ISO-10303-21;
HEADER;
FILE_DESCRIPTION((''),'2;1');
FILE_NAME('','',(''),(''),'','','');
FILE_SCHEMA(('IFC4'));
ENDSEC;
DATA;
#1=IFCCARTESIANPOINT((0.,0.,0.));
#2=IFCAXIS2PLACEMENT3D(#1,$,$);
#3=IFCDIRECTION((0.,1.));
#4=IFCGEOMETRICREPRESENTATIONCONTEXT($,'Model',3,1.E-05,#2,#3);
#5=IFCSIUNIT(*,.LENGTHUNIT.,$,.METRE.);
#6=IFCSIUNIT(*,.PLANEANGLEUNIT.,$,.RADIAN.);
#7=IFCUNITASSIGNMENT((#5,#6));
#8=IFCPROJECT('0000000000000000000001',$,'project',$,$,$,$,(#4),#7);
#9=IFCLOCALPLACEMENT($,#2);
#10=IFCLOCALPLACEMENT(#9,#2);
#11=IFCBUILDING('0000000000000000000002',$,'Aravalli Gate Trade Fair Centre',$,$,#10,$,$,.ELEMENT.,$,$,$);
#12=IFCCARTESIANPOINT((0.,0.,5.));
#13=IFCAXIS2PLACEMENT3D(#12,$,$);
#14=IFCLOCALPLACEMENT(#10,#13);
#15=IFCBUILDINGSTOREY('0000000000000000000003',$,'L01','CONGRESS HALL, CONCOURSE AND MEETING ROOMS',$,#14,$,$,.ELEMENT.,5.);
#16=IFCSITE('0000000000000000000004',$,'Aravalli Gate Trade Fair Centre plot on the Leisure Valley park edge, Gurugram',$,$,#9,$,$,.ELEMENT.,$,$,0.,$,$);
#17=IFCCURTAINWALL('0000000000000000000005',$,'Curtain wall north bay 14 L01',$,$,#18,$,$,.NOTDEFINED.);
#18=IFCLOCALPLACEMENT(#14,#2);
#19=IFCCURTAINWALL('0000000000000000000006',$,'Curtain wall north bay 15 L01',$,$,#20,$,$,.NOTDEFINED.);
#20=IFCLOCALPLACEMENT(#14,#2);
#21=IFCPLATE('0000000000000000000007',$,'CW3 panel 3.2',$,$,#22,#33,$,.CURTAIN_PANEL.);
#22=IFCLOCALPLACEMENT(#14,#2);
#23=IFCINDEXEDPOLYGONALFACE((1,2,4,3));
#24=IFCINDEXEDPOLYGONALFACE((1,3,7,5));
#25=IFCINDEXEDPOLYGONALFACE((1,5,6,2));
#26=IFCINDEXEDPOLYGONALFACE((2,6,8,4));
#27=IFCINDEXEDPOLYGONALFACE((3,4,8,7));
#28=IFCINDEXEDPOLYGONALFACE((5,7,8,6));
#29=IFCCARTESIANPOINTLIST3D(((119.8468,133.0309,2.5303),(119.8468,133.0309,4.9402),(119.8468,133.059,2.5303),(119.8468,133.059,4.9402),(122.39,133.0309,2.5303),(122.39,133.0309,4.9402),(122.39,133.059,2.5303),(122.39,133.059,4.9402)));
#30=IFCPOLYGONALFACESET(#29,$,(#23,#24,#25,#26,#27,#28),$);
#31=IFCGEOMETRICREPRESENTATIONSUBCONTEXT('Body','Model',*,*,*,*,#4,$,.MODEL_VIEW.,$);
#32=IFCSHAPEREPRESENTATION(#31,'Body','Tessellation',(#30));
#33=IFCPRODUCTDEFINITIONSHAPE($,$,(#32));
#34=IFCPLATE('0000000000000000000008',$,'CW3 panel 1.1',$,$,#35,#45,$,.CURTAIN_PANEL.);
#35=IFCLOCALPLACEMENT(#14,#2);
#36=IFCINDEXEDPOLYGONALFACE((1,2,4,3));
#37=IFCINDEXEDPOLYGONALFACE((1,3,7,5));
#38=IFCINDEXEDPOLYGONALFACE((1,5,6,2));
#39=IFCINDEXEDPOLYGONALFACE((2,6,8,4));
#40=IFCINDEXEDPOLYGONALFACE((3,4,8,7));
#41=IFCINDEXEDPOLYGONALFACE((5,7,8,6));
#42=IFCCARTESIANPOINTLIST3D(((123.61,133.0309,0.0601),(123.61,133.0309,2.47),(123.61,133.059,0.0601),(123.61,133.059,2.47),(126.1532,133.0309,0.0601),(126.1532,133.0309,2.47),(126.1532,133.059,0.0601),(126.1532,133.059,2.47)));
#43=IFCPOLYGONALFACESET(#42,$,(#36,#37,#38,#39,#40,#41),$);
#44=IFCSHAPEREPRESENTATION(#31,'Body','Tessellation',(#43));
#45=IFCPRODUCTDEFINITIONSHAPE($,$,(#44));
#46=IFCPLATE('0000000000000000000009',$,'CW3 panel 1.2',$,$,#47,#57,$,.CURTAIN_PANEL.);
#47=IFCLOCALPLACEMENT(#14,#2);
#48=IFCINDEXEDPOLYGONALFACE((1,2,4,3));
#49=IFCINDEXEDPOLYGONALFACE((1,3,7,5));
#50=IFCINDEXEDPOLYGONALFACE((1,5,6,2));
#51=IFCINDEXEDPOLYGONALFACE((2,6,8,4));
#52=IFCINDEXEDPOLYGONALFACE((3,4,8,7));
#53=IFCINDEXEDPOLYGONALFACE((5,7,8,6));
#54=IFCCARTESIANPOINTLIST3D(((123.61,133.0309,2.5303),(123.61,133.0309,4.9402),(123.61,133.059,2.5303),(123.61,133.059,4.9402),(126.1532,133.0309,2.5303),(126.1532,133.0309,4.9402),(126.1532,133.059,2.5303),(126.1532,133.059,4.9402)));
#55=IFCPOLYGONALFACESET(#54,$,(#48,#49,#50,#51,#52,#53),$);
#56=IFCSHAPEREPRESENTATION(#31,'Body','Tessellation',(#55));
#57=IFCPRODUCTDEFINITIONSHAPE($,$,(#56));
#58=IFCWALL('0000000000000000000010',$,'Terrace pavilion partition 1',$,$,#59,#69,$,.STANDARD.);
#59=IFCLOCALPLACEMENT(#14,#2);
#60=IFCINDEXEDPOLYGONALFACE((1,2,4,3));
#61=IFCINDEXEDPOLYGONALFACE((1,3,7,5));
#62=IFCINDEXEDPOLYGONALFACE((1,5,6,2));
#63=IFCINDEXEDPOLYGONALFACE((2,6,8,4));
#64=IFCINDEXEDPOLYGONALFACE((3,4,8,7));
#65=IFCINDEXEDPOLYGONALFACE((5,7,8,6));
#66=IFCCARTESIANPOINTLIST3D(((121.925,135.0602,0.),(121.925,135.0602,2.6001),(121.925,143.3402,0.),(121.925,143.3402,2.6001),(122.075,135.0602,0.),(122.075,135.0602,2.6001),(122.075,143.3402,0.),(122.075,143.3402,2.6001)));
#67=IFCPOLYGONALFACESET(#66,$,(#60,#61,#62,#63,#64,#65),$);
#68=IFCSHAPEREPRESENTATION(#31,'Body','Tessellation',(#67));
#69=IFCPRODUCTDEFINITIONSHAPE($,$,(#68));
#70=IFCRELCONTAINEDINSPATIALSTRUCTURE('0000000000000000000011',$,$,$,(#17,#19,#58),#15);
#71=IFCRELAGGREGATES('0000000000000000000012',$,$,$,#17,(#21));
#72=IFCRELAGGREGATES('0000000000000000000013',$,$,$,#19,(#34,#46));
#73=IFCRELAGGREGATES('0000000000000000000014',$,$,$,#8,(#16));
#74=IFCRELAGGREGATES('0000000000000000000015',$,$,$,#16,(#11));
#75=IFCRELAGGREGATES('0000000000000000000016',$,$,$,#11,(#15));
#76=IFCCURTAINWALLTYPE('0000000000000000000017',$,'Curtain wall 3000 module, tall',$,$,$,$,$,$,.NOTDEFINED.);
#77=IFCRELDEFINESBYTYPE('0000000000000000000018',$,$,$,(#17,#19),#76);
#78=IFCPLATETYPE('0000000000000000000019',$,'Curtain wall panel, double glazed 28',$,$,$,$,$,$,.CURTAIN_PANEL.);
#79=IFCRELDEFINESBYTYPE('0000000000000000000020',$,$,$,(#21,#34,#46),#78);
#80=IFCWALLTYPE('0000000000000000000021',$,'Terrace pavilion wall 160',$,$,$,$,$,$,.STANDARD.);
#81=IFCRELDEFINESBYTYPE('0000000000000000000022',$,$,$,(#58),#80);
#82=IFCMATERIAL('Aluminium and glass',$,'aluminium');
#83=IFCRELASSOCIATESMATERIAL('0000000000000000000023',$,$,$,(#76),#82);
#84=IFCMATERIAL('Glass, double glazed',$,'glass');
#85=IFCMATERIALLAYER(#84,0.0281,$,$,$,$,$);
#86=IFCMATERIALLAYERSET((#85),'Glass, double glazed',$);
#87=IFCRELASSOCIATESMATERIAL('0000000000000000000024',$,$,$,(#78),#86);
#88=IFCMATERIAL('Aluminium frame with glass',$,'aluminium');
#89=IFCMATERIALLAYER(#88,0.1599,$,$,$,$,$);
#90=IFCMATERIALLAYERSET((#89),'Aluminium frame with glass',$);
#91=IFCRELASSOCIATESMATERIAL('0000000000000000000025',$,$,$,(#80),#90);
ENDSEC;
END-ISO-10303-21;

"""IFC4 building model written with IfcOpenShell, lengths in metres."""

from ifc_helpers import new_model, si_unit, direction, frame, frame_2d, origin, origin_2d, place, context, subcontext, project, spatial, rectangle, extrude, material, layer, layer_set, type_object, element, aggregate, save


model = new_model("IFC4")

# Units and contexts
model_context = context("Model", 3, precision=1e-05, world=origin(), true_north=direction((0.0, 1.0)))
body_context = subcontext(model_context, "Body", "Model", "MODEL_VIEW")
ifc_project = project(units=[si_unit("LENGTHUNIT", "METRE"), si_unit("PLANEANGLEUNIT", "RADIAN")], contexts=[model_context])

# Site, building, storey
site_placement = place(None, origin())
site = spatial("IfcSite", under=ifc_project, at=site_placement, Name="Aravalli Gate Trade Fair Centre plot on the Leisure Valley park edge, Gurugram", CompositionType="ELEMENT", RefElevation=0.0)
building_placement = place(site_placement, origin())
building = spatial("IfcBuilding", under=site, at=building_placement, Name="Aravalli Gate Trade Fair Centre", CompositionType="ELEMENT")
storey_placement = place(building_placement, frame((0.0, 0.0, 5.0)))
storey = spatial("IfcBuildingStorey", under=building, at=storey_placement, Name="L01", Description="CONGRESS HALL, CONCOURSE AND MEETING ROOMS", CompositionType="ELEMENT", Elevation=5.0)

# Curtain wall
ifc_material_1 = material(Name="Aluminium and glass", Category="aluminium")
curtain_wall_type = type_object("IfcCurtainWallType", Name="Curtain wall 3000 module, tall", PredefinedType="NOTDEFINED", material=ifc_material_1)
curtain_wall_1_placement = place(storey_placement, origin())
curtain_wall_1 = element("IfcCurtainWall", 1, at=curtain_wall_1_placement, inside=storey, type_object=curtain_wall_type, Name="Curtain wall north bay 14 L01", PredefinedType="NOTDEFINED")

# Curtain wall
curtain_wall_2_placement = place(storey_placement, origin())
curtain_wall_2 = element("IfcCurtainWall", 2, at=curtain_wall_2_placement, inside=storey, type_object=curtain_wall_type, Name="Curtain wall north bay 15 L01", PredefinedType="NOTDEFINED")

# Plates
ifc_material_2 = material(Name="Glass, double glazed", Category="glass")
ifc_layer_1 = layer(ifc_material_2, 0.0281)
ifc_layer_set_1 = layer_set([ifc_layer_1], Name="Glass, double glazed")
plate_type = type_object("IfcPlateType", Name="Curtain wall panel, double glazed 28", PredefinedType="CURTAIN_PANEL", material=ifc_layer_set_1)
plate_1_placement = place(storey_placement, frame((121.1184, 133.0449, 2.5303), z_axis=(0.0, 0.0, 1.0), x_axis=(1.0, 0.0, 0.0)))
plate_1 = element("IfcPlate", 3, at=plate_1_placement, type_object=plate_type, Name="CW3 panel 3.2", PredefinedType="CURTAIN_PANEL", context=body_context, shape_type="SweptSolid", body=[
    extrude(rectangle(XDim=2.5432, YDim=0.0281, at=origin_2d()), origin(), (0.0, 0.0, 1.0), 2.4099),
])
aggregate(curtain_wall_1, [plate_1])
plate_2_placement = place(storey_placement, frame((124.8816, 133.0449, 0.0601), z_axis=(0.0, 0.0, 1.0), x_axis=(1.0, 0.0, 0.0)))
plate_2 = element("IfcPlate", 4, at=plate_2_placement, type_object=plate_type, Name="CW3 panel 1.1", PredefinedType="CURTAIN_PANEL", context=body_context, shape_type="SweptSolid", body=[
    extrude(rectangle(XDim=2.5432, YDim=0.0281, at=origin_2d()), origin(), (0.0, 0.0, 1.0), 2.4099),
])
plate_3_placement = place(storey_placement, frame((124.8816, 133.0449, 2.5303), z_axis=(0.0, 0.0, 1.0), x_axis=(1.0, 0.0, 0.0)))
plate_3 = element("IfcPlate", 5, at=plate_3_placement, type_object=plate_type, Name="CW3 panel 1.2", PredefinedType="CURTAIN_PANEL", context=body_context, shape_type="SweptSolid", body=[
    extrude(rectangle(XDim=2.5432, YDim=0.0281, at=origin_2d()), origin(), (0.0, 0.0, 1.0), 2.4099),
])
aggregate(curtain_wall_2, [plate_2, plate_3])

# Wall
ifc_material_3 = material(Name="Aluminium frame with glass", Category="aluminium")
ifc_layer_2 = layer(ifc_material_3, 0.1599)
ifc_layer_set_2 = layer_set([ifc_layer_2], Name="Aluminium frame with glass")
wall_type = type_object("IfcWallType", Name="Terrace pavilion wall 160", PredefinedType="STANDARD", material=ifc_layer_set_2)
wall_placement = place(storey_placement, frame((122.0, 135.0601, 0.0), z_axis=(0.0, 0.0, 1.0), x_axis=(0.0, 1.0, 0.0)))
element("IfcWall", 6, at=wall_placement, inside=storey, type_object=wall_type, Name="Terrace pavilion partition 1", PredefinedType="STANDARD", context=body_context, shape_type="SweptSolid", body=[
    extrude(rectangle(XDim=8.28, YDim=0.1499, at=frame_2d((4.1401, 0.0))), origin(), (0.0, 0.0, 1.0), 2.6001),
])

save(model, "model.ifc")
